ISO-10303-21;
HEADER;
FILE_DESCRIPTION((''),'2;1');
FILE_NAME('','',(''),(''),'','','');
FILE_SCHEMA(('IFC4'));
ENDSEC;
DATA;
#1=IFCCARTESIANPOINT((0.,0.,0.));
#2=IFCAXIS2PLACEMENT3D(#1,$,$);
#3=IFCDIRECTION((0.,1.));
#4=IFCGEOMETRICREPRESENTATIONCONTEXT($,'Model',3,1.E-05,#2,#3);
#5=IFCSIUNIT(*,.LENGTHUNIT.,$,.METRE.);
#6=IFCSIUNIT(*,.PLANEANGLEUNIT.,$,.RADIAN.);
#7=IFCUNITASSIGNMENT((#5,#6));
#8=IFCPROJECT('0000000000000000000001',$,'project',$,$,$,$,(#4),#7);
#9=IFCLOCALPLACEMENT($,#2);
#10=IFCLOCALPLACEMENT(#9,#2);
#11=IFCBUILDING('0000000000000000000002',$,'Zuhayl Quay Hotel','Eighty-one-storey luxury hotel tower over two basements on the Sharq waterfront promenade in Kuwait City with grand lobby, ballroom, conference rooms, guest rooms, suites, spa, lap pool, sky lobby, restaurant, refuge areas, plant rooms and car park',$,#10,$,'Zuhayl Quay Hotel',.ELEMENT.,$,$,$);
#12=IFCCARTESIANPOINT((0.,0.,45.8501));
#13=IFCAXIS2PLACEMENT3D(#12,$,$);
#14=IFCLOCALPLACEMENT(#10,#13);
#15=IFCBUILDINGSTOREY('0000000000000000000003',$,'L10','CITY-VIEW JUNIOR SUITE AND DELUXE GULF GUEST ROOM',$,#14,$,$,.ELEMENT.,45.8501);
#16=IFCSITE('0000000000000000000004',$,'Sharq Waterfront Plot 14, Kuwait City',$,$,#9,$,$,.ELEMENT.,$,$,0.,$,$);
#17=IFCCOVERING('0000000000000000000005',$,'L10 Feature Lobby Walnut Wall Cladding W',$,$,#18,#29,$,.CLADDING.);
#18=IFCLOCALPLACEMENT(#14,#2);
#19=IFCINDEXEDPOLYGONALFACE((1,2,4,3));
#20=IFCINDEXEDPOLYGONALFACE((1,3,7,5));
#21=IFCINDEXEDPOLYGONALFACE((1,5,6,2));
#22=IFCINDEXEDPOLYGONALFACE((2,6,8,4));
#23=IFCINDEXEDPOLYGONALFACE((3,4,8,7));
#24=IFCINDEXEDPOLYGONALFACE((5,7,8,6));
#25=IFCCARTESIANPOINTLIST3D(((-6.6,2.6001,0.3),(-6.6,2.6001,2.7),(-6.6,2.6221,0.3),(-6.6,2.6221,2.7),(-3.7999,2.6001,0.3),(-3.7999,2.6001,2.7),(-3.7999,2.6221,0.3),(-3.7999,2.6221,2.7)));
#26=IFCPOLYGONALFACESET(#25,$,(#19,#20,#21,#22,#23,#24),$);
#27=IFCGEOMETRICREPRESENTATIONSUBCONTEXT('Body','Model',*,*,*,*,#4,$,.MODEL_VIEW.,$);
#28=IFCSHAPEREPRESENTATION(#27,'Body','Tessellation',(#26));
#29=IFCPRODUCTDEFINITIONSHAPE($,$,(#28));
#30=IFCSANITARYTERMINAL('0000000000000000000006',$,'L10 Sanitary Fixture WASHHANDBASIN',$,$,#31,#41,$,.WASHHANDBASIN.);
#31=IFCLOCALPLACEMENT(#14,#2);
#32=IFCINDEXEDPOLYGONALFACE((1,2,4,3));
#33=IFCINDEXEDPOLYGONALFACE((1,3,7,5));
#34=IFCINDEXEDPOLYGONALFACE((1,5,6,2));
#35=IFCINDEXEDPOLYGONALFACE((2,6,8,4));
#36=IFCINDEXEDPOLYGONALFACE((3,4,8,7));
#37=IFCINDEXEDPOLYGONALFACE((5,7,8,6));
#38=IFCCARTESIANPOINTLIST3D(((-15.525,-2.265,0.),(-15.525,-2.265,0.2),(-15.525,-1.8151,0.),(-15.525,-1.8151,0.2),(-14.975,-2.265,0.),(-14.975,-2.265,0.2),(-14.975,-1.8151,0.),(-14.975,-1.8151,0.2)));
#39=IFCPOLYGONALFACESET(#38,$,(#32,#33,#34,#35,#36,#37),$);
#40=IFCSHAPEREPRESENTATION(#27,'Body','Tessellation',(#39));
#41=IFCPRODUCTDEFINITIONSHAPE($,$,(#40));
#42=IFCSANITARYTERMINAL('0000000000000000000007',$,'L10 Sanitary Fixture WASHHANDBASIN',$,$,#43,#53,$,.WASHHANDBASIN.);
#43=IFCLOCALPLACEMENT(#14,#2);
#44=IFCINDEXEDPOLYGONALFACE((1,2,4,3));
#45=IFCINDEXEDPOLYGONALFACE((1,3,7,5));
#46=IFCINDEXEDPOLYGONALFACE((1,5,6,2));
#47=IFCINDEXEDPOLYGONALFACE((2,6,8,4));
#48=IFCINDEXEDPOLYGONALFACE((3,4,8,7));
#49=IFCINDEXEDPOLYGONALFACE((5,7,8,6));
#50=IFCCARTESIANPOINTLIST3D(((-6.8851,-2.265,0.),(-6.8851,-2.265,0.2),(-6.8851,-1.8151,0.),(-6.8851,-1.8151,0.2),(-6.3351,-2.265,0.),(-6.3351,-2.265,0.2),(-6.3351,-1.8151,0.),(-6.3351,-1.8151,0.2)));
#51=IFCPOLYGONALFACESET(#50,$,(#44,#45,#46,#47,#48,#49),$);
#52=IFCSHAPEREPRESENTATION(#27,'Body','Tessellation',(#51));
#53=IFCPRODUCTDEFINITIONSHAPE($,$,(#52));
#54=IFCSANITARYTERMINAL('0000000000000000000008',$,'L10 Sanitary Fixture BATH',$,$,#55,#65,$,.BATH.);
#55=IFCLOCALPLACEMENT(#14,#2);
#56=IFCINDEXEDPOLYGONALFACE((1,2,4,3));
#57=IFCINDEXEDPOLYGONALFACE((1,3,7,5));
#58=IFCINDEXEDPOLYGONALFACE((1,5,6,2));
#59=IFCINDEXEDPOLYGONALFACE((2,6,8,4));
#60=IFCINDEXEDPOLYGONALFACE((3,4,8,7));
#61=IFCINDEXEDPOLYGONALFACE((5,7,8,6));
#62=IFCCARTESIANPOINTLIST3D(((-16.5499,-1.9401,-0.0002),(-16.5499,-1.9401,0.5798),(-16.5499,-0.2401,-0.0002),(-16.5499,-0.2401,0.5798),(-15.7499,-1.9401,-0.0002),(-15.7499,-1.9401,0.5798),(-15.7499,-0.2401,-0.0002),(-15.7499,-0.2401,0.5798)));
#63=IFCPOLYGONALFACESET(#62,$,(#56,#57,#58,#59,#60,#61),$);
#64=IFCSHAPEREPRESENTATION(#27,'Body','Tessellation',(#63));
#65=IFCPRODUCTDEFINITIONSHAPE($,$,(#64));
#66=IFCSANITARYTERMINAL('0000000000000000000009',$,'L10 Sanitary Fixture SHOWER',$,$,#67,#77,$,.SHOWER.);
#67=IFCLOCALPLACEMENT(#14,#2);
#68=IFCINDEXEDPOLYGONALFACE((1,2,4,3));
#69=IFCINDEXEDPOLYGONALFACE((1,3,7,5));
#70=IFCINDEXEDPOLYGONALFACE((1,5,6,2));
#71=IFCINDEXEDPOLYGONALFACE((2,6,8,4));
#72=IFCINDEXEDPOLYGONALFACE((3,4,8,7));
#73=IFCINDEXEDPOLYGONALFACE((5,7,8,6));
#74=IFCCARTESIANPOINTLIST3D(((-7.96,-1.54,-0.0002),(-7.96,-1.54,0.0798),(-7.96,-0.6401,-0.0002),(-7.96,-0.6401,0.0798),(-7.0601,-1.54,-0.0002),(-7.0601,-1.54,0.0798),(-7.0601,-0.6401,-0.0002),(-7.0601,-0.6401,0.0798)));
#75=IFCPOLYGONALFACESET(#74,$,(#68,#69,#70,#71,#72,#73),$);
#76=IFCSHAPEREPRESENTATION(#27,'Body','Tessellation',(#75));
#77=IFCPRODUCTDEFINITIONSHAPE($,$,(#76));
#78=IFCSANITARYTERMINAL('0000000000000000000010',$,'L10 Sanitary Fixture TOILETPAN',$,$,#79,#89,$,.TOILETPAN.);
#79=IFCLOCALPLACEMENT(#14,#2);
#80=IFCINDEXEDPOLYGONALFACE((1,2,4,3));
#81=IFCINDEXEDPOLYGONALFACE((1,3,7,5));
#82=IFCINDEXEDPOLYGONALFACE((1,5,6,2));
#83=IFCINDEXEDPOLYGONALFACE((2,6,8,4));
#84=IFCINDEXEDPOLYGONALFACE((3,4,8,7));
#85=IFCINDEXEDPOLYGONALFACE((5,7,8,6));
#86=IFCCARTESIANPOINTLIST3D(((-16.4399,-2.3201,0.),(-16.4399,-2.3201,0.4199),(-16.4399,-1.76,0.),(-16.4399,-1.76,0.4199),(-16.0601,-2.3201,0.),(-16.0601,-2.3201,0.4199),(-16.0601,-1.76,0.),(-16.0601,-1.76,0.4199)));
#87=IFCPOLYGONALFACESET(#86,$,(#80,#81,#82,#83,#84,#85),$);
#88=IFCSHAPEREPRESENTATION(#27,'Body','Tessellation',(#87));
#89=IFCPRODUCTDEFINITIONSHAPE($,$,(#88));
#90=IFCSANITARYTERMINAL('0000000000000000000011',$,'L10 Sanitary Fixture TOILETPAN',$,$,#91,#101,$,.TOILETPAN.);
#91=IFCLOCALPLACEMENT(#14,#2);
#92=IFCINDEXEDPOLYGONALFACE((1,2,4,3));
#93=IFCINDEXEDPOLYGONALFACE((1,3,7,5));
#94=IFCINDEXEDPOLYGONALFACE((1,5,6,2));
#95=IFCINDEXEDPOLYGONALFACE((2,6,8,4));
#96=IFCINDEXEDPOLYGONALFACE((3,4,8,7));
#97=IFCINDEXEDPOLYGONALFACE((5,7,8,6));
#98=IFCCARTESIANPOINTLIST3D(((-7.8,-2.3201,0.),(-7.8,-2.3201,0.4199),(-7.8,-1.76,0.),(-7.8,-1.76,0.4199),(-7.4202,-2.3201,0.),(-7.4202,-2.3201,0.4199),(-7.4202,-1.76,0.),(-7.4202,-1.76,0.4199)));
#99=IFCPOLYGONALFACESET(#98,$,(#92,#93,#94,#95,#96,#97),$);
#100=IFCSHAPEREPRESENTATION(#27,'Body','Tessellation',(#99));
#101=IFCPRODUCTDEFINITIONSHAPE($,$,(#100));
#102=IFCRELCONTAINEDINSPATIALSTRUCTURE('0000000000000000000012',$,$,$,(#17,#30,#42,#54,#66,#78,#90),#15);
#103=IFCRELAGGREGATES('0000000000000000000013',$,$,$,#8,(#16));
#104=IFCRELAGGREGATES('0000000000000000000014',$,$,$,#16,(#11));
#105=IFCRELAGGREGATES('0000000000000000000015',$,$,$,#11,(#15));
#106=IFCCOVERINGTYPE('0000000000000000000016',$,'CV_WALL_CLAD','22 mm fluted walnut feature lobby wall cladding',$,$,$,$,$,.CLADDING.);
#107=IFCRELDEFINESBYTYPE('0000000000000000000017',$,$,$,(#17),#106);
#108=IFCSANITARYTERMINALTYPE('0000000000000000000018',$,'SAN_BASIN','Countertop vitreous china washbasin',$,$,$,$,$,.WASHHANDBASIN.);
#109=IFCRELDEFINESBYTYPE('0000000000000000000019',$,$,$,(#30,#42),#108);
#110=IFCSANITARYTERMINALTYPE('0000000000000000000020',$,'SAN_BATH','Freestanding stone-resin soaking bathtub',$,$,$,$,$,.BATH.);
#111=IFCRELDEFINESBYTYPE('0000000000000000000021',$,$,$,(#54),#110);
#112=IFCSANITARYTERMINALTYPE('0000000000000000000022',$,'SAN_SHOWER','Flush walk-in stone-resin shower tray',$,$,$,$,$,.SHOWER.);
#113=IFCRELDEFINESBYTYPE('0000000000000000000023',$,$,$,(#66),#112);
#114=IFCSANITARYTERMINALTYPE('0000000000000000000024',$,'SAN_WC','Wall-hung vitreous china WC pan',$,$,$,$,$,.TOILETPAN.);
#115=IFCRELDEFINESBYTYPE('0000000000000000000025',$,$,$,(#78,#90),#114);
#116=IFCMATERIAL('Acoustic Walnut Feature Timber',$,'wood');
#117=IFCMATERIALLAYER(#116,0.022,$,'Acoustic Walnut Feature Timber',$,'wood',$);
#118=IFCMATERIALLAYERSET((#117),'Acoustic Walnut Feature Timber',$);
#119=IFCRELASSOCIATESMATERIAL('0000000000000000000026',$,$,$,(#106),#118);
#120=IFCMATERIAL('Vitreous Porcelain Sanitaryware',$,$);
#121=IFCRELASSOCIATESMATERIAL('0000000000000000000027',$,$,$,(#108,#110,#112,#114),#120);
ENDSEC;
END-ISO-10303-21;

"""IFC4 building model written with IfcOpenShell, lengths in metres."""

from ifc_helpers import new_model, si_unit, direction, frame, origin, origin_2d, place, context, subcontext, project, spatial, rectangle, extrude, material, layer, layer_set, type_object, element, save


model = new_model("IFC4")

# Units and contexts
model_context = context("Model", 3, precision=1e-05, world=origin(), true_north=direction((0.0, 1.0)))
body_context = subcontext(model_context, "Body", "Model", "MODEL_VIEW")
ifc_project = project(units=[si_unit("LENGTHUNIT", "METRE"), si_unit("PLANEANGLEUNIT", "RADIAN")], contexts=[model_context])

# Site, building, storey
site_placement = place(None, origin())
site = spatial("IfcSite", under=ifc_project, at=site_placement, Name="Sharq Waterfront Plot 14, Kuwait City", CompositionType="ELEMENT", RefElevation=0.0)
building_placement = place(site_placement, origin())
building = spatial("IfcBuilding", under=site, at=building_placement, Name="Zuhayl Quay Hotel", Description="Eighty-one-storey luxury hotel tower over two basements on the Sharq waterfront promenade in Kuwait City with grand lobby, ballroom, conference rooms, guest rooms, suites, spa, lap pool, sky lobby, restaurant, refuge areas, plant rooms and car park", LongName="Zuhayl Quay Hotel", CompositionType="ELEMENT")
storey_placement = place(building_placement, frame((0.0, 0.0, 45.8501)))
storey = spatial("IfcBuildingStorey", under=building, at=storey_placement, Name="L10", Description="CITY-VIEW JUNIOR SUITE AND DELUXE GULF GUEST ROOM", CompositionType="ELEMENT", Elevation=45.8501)

# Covering
ifc_material_1 = material(Name="Acoustic Walnut Feature Timber", Category="wood")
ifc_layer_1 = layer(ifc_material_1, 0.022, Name="Acoustic Walnut Feature Timber", Category="wood")
ifc_layer_set_1 = layer_set([ifc_layer_1], Name="Acoustic Walnut Feature Timber")
covering_type = type_object("IfcCoveringType", Name="CV_WALL_CLAD", Description="22 mm fluted walnut feature lobby wall cladding", PredefinedType="CLADDING", material=ifc_layer_set_1)
covering_placement = place(storey_placement, frame((-5.2, 2.6111, 0.3), z_axis=(0.0, 0.0, 1.0), x_axis=(1.0, 0.0, 0.0)))
element("IfcCovering", 1, at=covering_placement, inside=storey, type_object=covering_type, Name="L10 Feature Lobby Walnut Wall Cladding W", PredefinedType="CLADDING", context=body_context, shape_type="SweptSolid", body=[
    extrude(rectangle(XDim=2.8, YDim=0.022, at=origin_2d()), origin(), (0.0, 0.0, 1.0), 2.3999),
])

# Sanitary terminals
ifc_material_2 = material(Name="Vitreous Porcelain Sanitaryware")
sanitary_terminal_type_1 = type_object("IfcSanitaryTerminalType", Name="SAN_BASIN", Description="Countertop vitreous china washbasin", PredefinedType="WASHHANDBASIN", material=ifc_material_2)
for number, where, z_axis, x_axis, name in (
    (2, (-15.25, -2.04, 0.0), (0.0, 0.0, 1.0), (1.0, 0.0, 0.0), "L10 Sanitary Fixture WASHHANDBASIN"),
    (3, (-6.6101, -2.04, 0.0), (0.0, 0.0, 1.0), (1.0, 0.0, 0.0), "L10 Sanitary Fixture WASHHANDBASIN"),
):
    element("IfcSanitaryTerminal", number, at=place(storey_placement, frame(where, z_axis=z_axis, x_axis=x_axis)), inside=storey, type_object=sanitary_terminal_type_1, Name=name, PredefinedType="WASHHANDBASIN", context=body_context, shape_type="SweptSolid", body=[
        extrude(rectangle(XDim=0.55, YDim=0.45, at=origin_2d()), origin(), (0.0, 0.0, 1.0), 0.2),
    ])
sanitary_terminal_type_2 = type_object("IfcSanitaryTerminalType", Name="SAN_BATH", Description="Freestanding stone-resin soaking bathtub", PredefinedType="BATH", material=ifc_material_2)
sanitary_terminal_1_placement = place(storey_placement, frame((-16.1499, -1.0901, -0.0002), z_axis=(0.0, 0.0, 1.0), x_axis=(1.0, 0.0, 0.0)))
element("IfcSanitaryTerminal", 4, at=sanitary_terminal_1_placement, inside=storey, type_object=sanitary_terminal_type_2, Name="L10 Sanitary Fixture BATH", PredefinedType="BATH", context=body_context, shape_type="SweptSolid", body=[
    extrude(rectangle(XDim=0.8, YDim=1.7, at=origin_2d()), origin(), (0.0, 0.0, 1.0), 0.5801),
])
sanitary_terminal_type_3 = type_object("IfcSanitaryTerminalType", Name="SAN_SHOWER", Description="Flush walk-in stone-resin shower tray", PredefinedType="SHOWER", material=ifc_material_2)
sanitary_terminal_2_placement = place(storey_placement, frame((-7.51, -1.0901, -0.0002), z_axis=(0.0, 0.0, 1.0), x_axis=(1.0, 0.0, 0.0)))
element("IfcSanitaryTerminal", 5, at=sanitary_terminal_2_placement, inside=storey, type_object=sanitary_terminal_type_3, Name="L10 Sanitary Fixture SHOWER", PredefinedType="SHOWER", context=body_context, shape_type="SweptSolid", body=[
    extrude(rectangle(XDim=0.8999, YDim=0.8999, at=origin_2d()), origin(), (0.0, 0.0, 1.0), 0.0801),
])
sanitary_terminal_type_4 = type_object("IfcSanitaryTerminalType", Name="SAN_WC", Description="Wall-hung vitreous china WC pan", PredefinedType="TOILETPAN", material=ifc_material_2)
for number, where, z_axis, x_axis, name in (
    (6, (-16.25, -2.04, 0.0), (0.0, 0.0, 1.0), (1.0, 0.0, 0.0), "L10 Sanitary Fixture TOILETPAN"),
    (7, (-7.6101, -2.04, 0.0), (0.0, 0.0, 1.0), (1.0, 0.0, 0.0), "L10 Sanitary Fixture TOILETPAN"),
):
    element("IfcSanitaryTerminal", number, at=place(storey_placement, frame(where, z_axis=z_axis, x_axis=x_axis)), inside=storey, type_object=sanitary_terminal_type_4, Name=name, PredefinedType="TOILETPAN", context=body_context, shape_type="SweptSolid", body=[
        extrude(rectangle(XDim=0.3799, YDim=0.5601, at=origin_2d()), origin(), (0.0, 0.0, 1.0), 0.4199),
    ])

save(model, "model.ifc")
